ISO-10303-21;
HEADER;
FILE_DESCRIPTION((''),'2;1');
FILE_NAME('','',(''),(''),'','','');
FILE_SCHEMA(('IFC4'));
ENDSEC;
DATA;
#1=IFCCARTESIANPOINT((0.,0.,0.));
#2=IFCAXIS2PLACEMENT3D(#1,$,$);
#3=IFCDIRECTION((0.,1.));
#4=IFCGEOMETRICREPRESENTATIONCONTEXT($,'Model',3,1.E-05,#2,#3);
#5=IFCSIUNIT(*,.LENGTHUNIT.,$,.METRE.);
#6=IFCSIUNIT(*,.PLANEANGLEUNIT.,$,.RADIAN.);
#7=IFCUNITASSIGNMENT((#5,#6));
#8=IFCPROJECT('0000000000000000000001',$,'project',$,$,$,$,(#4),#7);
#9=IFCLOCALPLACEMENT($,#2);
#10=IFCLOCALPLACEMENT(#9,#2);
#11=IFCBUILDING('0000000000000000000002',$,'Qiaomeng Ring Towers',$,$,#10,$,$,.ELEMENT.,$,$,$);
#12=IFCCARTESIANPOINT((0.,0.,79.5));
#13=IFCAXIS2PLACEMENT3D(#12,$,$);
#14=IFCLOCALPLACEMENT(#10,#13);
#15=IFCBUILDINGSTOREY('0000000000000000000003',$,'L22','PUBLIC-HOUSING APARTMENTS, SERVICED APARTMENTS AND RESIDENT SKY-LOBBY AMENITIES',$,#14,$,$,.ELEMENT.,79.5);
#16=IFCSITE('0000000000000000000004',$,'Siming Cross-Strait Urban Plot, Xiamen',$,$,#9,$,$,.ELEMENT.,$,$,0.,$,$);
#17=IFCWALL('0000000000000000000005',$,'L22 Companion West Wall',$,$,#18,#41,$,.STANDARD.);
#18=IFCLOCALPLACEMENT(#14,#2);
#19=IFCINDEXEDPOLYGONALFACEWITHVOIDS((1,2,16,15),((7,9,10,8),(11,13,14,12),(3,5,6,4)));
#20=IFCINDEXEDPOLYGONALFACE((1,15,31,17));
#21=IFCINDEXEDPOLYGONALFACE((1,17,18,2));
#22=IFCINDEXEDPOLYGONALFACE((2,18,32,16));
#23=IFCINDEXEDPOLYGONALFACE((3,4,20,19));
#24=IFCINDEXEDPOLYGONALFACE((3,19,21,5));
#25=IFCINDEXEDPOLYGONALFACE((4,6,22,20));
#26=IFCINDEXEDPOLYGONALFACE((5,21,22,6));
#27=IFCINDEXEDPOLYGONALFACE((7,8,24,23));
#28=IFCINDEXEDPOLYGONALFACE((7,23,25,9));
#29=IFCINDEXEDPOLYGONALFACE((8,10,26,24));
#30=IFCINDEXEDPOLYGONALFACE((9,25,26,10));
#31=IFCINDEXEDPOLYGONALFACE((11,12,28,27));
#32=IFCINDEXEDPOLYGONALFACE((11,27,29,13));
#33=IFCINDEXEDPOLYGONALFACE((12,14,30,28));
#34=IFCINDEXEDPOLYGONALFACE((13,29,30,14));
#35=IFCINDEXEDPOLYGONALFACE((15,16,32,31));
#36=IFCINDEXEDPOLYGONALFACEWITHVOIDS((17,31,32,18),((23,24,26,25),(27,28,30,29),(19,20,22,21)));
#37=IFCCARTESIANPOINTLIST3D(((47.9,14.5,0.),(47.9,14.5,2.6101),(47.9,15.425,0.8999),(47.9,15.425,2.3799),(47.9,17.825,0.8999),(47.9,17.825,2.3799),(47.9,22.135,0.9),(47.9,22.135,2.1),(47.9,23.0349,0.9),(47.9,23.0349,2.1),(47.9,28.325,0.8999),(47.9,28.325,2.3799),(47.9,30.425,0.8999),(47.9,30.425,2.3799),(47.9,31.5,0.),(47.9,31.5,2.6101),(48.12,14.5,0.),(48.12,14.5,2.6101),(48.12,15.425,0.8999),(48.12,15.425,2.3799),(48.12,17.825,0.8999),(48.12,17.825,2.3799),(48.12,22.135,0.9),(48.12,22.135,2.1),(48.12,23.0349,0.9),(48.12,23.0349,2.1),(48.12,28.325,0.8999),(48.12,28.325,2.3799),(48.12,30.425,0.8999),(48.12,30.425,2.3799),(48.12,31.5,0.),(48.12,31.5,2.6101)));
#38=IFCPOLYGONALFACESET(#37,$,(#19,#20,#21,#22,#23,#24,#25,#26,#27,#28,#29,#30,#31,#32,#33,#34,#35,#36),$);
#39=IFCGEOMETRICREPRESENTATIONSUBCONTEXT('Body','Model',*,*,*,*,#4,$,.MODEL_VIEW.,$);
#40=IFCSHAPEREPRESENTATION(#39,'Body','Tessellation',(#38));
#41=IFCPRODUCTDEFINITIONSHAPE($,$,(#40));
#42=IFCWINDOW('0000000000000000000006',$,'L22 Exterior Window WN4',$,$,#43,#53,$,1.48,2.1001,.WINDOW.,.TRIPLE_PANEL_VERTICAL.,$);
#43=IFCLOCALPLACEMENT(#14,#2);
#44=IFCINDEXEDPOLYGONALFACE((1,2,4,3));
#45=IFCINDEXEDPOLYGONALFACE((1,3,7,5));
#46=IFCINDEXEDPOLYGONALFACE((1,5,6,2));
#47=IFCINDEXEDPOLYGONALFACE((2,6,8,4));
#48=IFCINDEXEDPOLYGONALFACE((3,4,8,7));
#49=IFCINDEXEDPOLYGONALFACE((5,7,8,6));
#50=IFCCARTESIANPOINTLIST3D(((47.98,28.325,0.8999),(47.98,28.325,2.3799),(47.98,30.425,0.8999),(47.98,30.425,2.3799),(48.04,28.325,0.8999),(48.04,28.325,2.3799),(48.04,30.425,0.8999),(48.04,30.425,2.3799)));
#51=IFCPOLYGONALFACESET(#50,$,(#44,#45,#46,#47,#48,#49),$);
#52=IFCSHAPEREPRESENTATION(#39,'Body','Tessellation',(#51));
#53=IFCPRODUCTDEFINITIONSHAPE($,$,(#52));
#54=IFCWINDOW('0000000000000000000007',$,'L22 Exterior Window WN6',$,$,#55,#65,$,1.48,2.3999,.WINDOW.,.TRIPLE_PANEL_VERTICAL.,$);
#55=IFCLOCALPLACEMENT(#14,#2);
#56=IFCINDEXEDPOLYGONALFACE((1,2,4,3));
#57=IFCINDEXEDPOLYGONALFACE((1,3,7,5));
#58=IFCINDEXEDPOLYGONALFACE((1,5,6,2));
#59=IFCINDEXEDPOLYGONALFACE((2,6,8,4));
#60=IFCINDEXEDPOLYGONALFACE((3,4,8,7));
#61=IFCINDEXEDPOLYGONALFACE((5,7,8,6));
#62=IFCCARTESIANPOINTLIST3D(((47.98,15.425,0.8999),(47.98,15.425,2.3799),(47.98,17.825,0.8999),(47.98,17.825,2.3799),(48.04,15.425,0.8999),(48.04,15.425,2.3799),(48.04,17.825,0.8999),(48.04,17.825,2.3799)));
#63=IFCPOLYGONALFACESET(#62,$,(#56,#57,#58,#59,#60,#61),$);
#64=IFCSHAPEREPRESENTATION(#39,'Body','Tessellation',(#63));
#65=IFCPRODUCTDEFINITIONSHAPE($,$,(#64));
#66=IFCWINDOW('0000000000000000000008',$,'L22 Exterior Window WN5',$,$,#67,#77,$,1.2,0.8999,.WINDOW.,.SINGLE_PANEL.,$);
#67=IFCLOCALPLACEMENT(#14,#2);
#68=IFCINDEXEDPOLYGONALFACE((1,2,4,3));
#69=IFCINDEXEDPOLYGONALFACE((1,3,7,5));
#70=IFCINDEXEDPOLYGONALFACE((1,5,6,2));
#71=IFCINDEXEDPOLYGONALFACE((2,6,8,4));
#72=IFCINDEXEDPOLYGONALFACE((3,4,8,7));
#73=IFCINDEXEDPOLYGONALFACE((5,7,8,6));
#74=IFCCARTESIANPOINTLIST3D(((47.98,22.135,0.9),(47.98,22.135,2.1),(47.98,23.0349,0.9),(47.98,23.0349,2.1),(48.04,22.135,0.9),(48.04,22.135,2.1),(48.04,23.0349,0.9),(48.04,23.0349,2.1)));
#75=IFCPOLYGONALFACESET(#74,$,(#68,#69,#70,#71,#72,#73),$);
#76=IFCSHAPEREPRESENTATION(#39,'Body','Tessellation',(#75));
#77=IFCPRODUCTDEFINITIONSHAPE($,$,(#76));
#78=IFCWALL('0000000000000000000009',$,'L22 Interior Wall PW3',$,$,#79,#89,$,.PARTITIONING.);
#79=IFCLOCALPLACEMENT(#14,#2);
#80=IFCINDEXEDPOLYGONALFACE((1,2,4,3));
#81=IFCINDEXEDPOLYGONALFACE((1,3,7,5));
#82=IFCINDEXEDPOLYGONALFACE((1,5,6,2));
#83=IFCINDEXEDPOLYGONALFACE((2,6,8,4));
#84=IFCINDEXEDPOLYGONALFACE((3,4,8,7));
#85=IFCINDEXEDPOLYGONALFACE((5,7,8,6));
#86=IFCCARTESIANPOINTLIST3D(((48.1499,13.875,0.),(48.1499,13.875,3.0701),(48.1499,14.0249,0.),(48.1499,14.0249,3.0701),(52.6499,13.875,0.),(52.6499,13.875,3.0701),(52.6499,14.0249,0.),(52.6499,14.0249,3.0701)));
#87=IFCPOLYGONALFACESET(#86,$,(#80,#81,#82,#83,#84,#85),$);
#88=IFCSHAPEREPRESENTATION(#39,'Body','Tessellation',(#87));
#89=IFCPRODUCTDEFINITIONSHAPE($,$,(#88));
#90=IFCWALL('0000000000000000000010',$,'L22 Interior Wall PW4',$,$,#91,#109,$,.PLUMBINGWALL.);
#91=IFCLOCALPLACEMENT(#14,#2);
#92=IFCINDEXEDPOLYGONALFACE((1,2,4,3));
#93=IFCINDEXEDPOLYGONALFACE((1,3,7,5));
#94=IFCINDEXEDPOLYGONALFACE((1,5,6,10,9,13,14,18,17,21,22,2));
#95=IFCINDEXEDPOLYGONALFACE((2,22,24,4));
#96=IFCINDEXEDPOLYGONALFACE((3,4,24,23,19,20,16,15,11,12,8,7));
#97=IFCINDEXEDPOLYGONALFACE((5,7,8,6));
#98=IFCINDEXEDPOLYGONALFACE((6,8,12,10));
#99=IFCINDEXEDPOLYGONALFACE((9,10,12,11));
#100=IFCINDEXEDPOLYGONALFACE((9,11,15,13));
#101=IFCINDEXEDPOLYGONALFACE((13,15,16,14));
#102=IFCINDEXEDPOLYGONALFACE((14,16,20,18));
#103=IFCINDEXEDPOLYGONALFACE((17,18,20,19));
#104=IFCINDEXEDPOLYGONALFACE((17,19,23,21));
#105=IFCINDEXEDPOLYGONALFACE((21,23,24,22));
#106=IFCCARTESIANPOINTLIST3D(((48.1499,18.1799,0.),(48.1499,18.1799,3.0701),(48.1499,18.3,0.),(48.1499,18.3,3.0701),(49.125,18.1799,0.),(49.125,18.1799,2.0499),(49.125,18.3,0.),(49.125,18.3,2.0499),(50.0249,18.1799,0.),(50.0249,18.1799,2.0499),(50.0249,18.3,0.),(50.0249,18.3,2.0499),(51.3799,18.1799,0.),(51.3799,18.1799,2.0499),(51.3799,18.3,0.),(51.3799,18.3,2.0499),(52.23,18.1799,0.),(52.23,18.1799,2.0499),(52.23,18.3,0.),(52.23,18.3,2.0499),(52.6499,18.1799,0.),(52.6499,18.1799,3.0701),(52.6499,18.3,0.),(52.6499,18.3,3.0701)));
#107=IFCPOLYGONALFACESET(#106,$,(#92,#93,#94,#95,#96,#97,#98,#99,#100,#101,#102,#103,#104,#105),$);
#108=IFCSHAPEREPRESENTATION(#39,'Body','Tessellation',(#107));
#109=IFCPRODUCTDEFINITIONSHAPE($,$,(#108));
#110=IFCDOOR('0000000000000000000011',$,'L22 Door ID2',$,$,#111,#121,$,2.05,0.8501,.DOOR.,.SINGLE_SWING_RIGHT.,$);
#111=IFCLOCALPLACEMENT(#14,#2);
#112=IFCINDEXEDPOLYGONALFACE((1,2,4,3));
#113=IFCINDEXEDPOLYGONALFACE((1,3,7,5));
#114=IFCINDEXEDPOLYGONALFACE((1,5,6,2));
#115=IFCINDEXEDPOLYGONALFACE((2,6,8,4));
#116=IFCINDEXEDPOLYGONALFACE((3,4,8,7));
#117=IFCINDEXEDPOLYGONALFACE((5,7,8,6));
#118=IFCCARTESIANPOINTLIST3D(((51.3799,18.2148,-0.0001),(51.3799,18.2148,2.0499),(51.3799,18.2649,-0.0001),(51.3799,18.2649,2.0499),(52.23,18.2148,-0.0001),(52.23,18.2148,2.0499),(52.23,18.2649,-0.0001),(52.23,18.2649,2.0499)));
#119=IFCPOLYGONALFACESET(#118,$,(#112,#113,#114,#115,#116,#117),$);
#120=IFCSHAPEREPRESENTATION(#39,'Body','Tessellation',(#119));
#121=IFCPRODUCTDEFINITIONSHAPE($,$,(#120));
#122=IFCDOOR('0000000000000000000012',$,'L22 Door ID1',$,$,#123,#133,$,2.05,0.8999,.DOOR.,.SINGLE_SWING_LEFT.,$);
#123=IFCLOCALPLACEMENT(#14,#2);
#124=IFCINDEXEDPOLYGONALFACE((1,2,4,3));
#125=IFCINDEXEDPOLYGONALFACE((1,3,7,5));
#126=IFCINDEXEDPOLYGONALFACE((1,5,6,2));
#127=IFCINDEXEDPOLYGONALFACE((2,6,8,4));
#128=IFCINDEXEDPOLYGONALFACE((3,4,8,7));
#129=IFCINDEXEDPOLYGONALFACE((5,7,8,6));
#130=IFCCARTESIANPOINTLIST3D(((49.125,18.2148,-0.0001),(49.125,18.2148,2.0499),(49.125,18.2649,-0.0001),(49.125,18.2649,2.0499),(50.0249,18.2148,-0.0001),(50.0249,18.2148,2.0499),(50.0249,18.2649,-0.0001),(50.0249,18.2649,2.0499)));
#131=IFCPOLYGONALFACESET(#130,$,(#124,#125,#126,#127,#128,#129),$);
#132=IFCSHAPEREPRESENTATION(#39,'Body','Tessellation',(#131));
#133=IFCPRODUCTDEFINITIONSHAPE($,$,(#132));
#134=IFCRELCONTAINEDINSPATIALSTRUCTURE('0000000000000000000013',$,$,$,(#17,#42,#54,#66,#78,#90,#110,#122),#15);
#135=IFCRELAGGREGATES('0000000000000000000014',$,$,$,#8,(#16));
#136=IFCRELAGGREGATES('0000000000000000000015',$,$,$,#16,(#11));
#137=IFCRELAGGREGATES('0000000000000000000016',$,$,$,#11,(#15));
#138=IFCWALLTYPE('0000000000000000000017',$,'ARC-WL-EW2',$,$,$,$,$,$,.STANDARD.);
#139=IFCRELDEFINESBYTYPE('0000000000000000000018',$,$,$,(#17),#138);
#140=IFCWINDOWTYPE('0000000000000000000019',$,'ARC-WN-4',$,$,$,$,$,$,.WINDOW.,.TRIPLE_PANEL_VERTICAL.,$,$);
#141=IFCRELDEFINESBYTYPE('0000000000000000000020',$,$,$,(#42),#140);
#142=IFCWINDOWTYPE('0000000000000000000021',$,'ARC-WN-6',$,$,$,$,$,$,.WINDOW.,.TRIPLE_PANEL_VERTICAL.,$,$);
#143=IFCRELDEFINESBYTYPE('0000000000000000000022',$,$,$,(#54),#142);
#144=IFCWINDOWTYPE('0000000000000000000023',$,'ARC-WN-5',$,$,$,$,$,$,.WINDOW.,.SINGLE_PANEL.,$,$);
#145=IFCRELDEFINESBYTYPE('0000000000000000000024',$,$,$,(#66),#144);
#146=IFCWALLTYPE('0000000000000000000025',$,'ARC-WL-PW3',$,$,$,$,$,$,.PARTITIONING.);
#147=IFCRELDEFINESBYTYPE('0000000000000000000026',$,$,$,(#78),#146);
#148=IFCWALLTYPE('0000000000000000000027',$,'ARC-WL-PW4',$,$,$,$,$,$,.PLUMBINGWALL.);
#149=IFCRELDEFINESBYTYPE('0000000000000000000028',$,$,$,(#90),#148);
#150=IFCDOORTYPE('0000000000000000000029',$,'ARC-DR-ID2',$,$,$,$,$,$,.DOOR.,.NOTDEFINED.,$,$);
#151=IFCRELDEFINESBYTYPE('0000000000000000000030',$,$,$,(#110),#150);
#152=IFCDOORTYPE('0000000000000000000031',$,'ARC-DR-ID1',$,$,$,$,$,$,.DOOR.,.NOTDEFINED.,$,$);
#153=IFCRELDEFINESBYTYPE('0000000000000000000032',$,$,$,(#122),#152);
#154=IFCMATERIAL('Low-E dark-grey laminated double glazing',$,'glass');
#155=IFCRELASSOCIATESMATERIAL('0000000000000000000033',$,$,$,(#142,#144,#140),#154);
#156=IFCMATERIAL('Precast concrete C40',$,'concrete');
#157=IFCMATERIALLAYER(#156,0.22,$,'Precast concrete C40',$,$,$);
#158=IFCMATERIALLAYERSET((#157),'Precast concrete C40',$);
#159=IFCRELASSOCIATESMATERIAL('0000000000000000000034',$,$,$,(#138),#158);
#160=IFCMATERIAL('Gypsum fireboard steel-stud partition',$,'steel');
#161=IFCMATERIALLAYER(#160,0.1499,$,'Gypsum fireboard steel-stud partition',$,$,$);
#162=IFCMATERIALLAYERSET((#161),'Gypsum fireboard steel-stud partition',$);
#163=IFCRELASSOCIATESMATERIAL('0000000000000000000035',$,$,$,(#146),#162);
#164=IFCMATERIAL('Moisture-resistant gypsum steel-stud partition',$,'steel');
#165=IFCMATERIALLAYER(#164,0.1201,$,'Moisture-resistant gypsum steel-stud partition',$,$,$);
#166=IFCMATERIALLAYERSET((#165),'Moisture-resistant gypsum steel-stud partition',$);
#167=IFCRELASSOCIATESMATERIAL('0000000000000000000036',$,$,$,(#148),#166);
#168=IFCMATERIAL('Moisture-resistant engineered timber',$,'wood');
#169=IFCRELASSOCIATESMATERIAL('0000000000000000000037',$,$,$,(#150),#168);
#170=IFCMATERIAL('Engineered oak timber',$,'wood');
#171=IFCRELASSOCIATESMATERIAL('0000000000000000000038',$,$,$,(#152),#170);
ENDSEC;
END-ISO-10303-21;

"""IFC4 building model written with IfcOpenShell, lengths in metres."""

from ifc_helpers import new_model, si_unit, direction, frame, frame_2d, origin, place, context, subcontext, project, spatial, rectangle, extrude, source, transform, mapped, material, layer, layer_set, type_object, element, fill, save


model = new_model("IFC4")

# Units and contexts
model_context = context("Model", 3, precision=1e-05, world=origin(), true_north=direction((0.0, 1.0)))
body_context = subcontext(model_context, "Body", "Model", "MODEL_VIEW")
ifc_project = project(units=[si_unit("LENGTHUNIT", "METRE"), si_unit("PLANEANGLEUNIT", "RADIAN")], contexts=[model_context])

# Site, building, storey
site_placement = place(None, origin())
site = spatial("IfcSite", under=ifc_project, at=site_placement, Name="Siming Cross-Strait Urban Plot, Xiamen", CompositionType="ELEMENT", RefElevation=0.0)
building_placement = place(site_placement, origin())
building = spatial("IfcBuilding", under=site, at=building_placement, Name="Qiaomeng Ring Towers", CompositionType="ELEMENT")
storey_placement = place(building_placement, frame((0.0, 0.0, 79.5)))
storey = spatial("IfcBuildingStorey", under=building, at=storey_placement, Name="L22", Description="PUBLIC-HOUSING APARTMENTS, SERVICED APARTMENTS AND RESIDENT SKY-LOBBY AMENITIES", CompositionType="ELEMENT", Elevation=79.5)

# Shared definitions
ifc_material_1 = material(Name="Low-E dark-grey laminated double glazing", Category="glass")

# Shared definitions
ifc_material_2 = material(Name="Precast concrete C40", Category="concrete")
window_type_1 = type_object("IfcWindowType", Name="ARC-WN-6", PartitioningType="TRIPLE_PANEL_VERTICAL", PredefinedType="WINDOW", material=ifc_material_1)
shared_shape_1 = source(origin(), body_context, "Body", "SweptSolid", [
    extrude(rectangle(XDim=2.3999, YDim=1.48, at=frame_2d((1.2, 0.74))), frame((0.0, 0.03, 0.0), z_axis=(0.0, -1.0, 0.0), x_axis=(1.0, 0.0, 0.0)), (0.0, 0.0, 1.0), 0.0601),
])
window_type_2 = type_object("IfcWindowType", Name="ARC-WN-5", PartitioningType="SINGLE_PANEL", PredefinedType="WINDOW", material=ifc_material_1)
shared_shape_2 = source(origin(), body_context, "Body", "SweptSolid", [
    extrude(rectangle(XDim=0.8999, YDim=1.2, at=frame_2d((0.45, 0.6001))), frame((0.0, 0.03, 0.0), z_axis=(0.0, -1.0, 0.0), x_axis=(1.0, 0.0, 0.0)), (0.0, 0.0, 1.0), 0.0601),
])

# Wall, openings, windows
ifc_layer_1 = layer(ifc_material_2, 0.22, Name="Precast concrete C40")
ifc_layer_set_1 = layer_set([ifc_layer_1], Name="Precast concrete C40")
wall_type_1 = type_object("IfcWallType", Name="ARC-WL-EW2", PredefinedType="STANDARD", material=ifc_layer_set_1)
wall_1_placement = place(storey_placement, frame((48.01, 14.5, 0.0), z_axis=(0.0, 0.0, 1.0), x_axis=(0.0, 1.0, 0.0)))
wall_1 = element("IfcWall", 1, at=wall_1_placement, inside=storey, type_object=wall_type_1, Name="L22 Companion West Wall", PredefinedType="STANDARD", context=body_context, shape_type="SweptSolid", body=[
    extrude(rectangle(XDim=17.0, YDim=0.22, at=frame_2d((8.5, 0.0))), origin(), (0.0, 0.0, 1.0), 2.6101),
])
opening_1_placement = place(wall_1_placement, frame((0.925, 0.0, 0.8999)))
opening_1 = element("IfcOpeningElement", 2, at=opening_1_placement, cuts=wall_1, PredefinedType="OPENING", context=body_context, shape_type="SweptSolid", body=[
    extrude(rectangle(XDim=2.3999, YDim=1.48, at=frame_2d((1.2, 0.74))), frame((0.0, 0.1199, 0.0), z_axis=(0.0, -1.0, 0.0), x_axis=(1.0, 0.0, 0.0)), (0.0, 0.0, 1.0), 0.24),
])
opening_2_placement = place(wall_1_placement, frame((13.825, 0.0, 0.8999)))
opening_2 = element("IfcOpeningElement", 3, at=opening_2_placement, cuts=wall_1, PredefinedType="OPENING", context=body_context, shape_type="SweptSolid", body=[
    extrude(rectangle(XDim=2.1001, YDim=1.48, at=frame_2d((1.05, 0.74))), frame((0.0, 0.1199, 0.0), z_axis=(0.0, -1.0, 0.0), x_axis=(1.0, 0.0, 0.0)), (0.0, 0.0, 1.0), 0.24),
])
opening_3_placement = place(wall_1_placement, frame((7.635, 0.0, 0.8999)))
opening_3 = element("IfcOpeningElement", 4, at=opening_3_placement, cuts=wall_1, PredefinedType="OPENING", context=body_context, shape_type="SweptSolid", body=[
    extrude(rectangle(XDim=0.8999, YDim=1.2, at=frame_2d((0.45, 0.6001))), frame((0.0, 0.1199, 0.0), z_axis=(0.0, -1.0, 0.0), x_axis=(1.0, 0.0, 0.0)), (0.0, 0.0, 1.0), 0.24),
])
window_type_3 = type_object("IfcWindowType", Name="ARC-WN-4", PartitioningType="TRIPLE_PANEL_VERTICAL", PredefinedType="WINDOW", material=ifc_material_1)
shared_shape_3 = source(origin(), body_context, "Body", "SweptSolid", [
    extrude(rectangle(XDim=2.1001, YDim=1.48, at=frame_2d((1.05, 0.74))), frame((0.0, 0.03, 0.0), z_axis=(0.0, -1.0, 0.0), x_axis=(1.0, 0.0, 0.0)), (0.0, 0.0, 1.0), 0.0601),
])
window_1_placement = place(opening_2_placement, origin())
window_1 = element("IfcWindow", 5, at=window_1_placement, inside=storey, type_object=window_type_3, Name="L22 Exterior Window WN4", OverallHeight=1.48, OverallWidth=2.1001, PartitioningType="TRIPLE_PANEL_VERTICAL", PredefinedType="WINDOW", context=body_context, shape_type="MappedRepresentation", body=[
    mapped(shared_shape_3, transform((0.0, 0.0, 0.0), x_axis=(1.0, 0.0, 0.0), y_axis=(0.0, 1.0, 0.0), z_axis=(0.0, 0.0, 1.0), scale=1.0)),
])
fill(opening_2, window_1)
window_2_placement = place(opening_1_placement, origin())
window_2 = element("IfcWindow", 6, at=window_2_placement, inside=storey, type_object=window_type_1, Name="L22 Exterior Window WN6", OverallHeight=1.48, OverallWidth=2.3999, PartitioningType="TRIPLE_PANEL_VERTICAL", PredefinedType="WINDOW", context=body_context, shape_type="MappedRepresentation", body=[
    mapped(shared_shape_1, transform((0.0, 0.0, 0.0), x_axis=(1.0, 0.0, 0.0), y_axis=(0.0, 1.0, 0.0), z_axis=(0.0, 0.0, 1.0), scale=1.0)),
])
fill(opening_1, window_2)
window_3_placement = place(opening_3_placement, origin())
window_3 = element("IfcWindow", 7, at=window_3_placement, inside=storey, type_object=window_type_2, Name="L22 Exterior Window WN5", OverallHeight=1.2, OverallWidth=0.8999, PartitioningType="SINGLE_PANEL", PredefinedType="WINDOW", context=body_context, shape_type="MappedRepresentation", body=[
    mapped(shared_shape_2, transform((0.0, 0.0, 0.0), x_axis=(1.0, 0.0, 0.0), y_axis=(0.0, 1.0, 0.0), z_axis=(0.0, 0.0, 1.0), scale=1.0)),
])
fill(opening_3, window_3)

# Wall
ifc_material_3 = material(Name="Gypsum fireboard steel-stud partition", Category="steel")
ifc_layer_2 = layer(ifc_material_3, 0.1499, Name="Gypsum fireboard steel-stud partition")
ifc_layer_set_2 = layer_set([ifc_layer_2], Name="Gypsum fireboard steel-stud partition")
wall_type_2 = type_object("IfcWallType", Name="ARC-WL-PW3", PredefinedType="PARTITIONING", material=ifc_layer_set_2)
wall_2_placement = place(storey_placement, frame((48.1499, 13.95, 0.0), z_axis=(0.0, 0.0, 1.0), x_axis=(1.0, 0.0, 0.0)))
element("IfcWall", 8, at=wall_2_placement, inside=storey, type_object=wall_type_2, Name="L22 Interior Wall PW3", PredefinedType="PARTITIONING", context=body_context, shape_type="SweptSolid", body=[
    extrude(rectangle(XDim=4.5, YDim=0.1499, at=frame_2d((2.25, 0.0))), origin(), (0.0, 0.0, 1.0), 3.0701),
])

# Wall, openings, doors
ifc_material_4 = material(Name="Moisture-resistant gypsum steel-stud partition", Category="steel")
ifc_layer_3 = layer(ifc_material_4, 0.1201, Name="Moisture-resistant gypsum steel-stud partition")
ifc_layer_set_3 = layer_set([ifc_layer_3], Name="Moisture-resistant gypsum steel-stud partition")
wall_type_3 = type_object("IfcWallType", Name="ARC-WL-PW4", PredefinedType="PLUMBINGWALL", material=ifc_layer_set_3)
wall_3_placement = place(storey_placement, frame((48.1499, 18.24, 0.0), z_axis=(0.0, 0.0, 1.0), x_axis=(1.0, 0.0, 0.0)))
wall_3 = element("IfcWall", 9, at=wall_3_placement, inside=storey, type_object=wall_type_3, Name="L22 Interior Wall PW4", PredefinedType="PLUMBINGWALL", context=body_context, shape_type="SweptSolid", body=[
    extrude(rectangle(XDim=4.5, YDim=0.1201, at=frame_2d((2.25, 0.0))), origin(), (0.0, 0.0, 1.0), 3.0701),
])
opening_4_placement = place(wall_3_placement, frame((0.9751, 0.0, 0.0)))
opening_4 = element("IfcOpeningElement", 10, at=opening_4_placement, cuts=wall_3, PredefinedType="OPENING", context=body_context, shape_type="SweptSolid", body=[
    extrude(rectangle(XDim=0.8999, YDim=2.05, at=frame_2d((0.45, 1.0249))), frame((0.0, 0.0701, 0.0), z_axis=(0.0, -1.0, 0.0), x_axis=(1.0, 0.0, 0.0)), (0.0, 0.0, 1.0), 0.1401),
])
opening_5_placement = place(wall_3_placement, frame((3.23, 0.0, 0.0)))
opening_5 = element("IfcOpeningElement", 11, at=opening_5_placement, cuts=wall_3, PredefinedType="OPENING", context=body_context, shape_type="SweptSolid", body=[
    extrude(rectangle(XDim=0.8501, YDim=2.05, at=frame_2d((0.425, 1.0249))), frame((0.0, 0.0701, 0.0), z_axis=(0.0, -1.0, 0.0), x_axis=(1.0, 0.0, 0.0)), (0.0, 0.0, 1.0), 0.1401),
])
ifc_material_5 = material(Name="Moisture-resistant engineered timber", Category="wood")
door_type_1 = type_object("IfcDoorType", Name="ARC-DR-ID2", OperationType="NOTDEFINED", PredefinedType="DOOR", material=ifc_material_5)
shared_shape_4 = source(origin(), body_context, "Body", "SweptSolid", [
    extrude(rectangle(XDim=0.8501, YDim=2.05, at=frame_2d((0.425, 1.0249))), frame((0.0, 0.0249, 0.0), z_axis=(0.0, -1.0, 0.0), x_axis=(1.0, 0.0, 0.0)), (0.0, 0.0, 1.0), 0.05),
])
door_1_placement = place(opening_5_placement, origin())
door_1 = element("IfcDoor", 12, at=door_1_placement, inside=storey, type_object=door_type_1, Name="L22 Door ID2", OperationType="SINGLE_SWING_RIGHT", OverallHeight=2.05, OverallWidth=0.8501, PredefinedType="DOOR", context=body_context, shape_type="MappedRepresentation", body=[
    mapped(shared_shape_4, transform((0.0, 0.0, 0.0), x_axis=(1.0, 0.0, 0.0), y_axis=(0.0, 1.0, 0.0), z_axis=(0.0, 0.0, 1.0), scale=1.0)),
])
fill(opening_5, door_1)
ifc_material_6 = material(Name="Engineered oak timber", Category="wood")
door_type_2 = type_object("IfcDoorType", Name="ARC-DR-ID1", OperationType="NOTDEFINED", PredefinedType="DOOR", material=ifc_material_6)
shared_shape_5 = source(origin(), body_context, "Body", "SweptSolid", [
    extrude(rectangle(XDim=0.8999, YDim=2.05, at=frame_2d((0.45, 1.0249))), frame((0.0, 0.0249, 0.0), z_axis=(0.0, -1.0, 0.0), x_axis=(1.0, 0.0, 0.0)), (0.0, 0.0, 1.0), 0.05),
])
door_2_placement = place(opening_4_placement, origin())
door_2 = element("IfcDoor", 13, at=door_2_placement, inside=storey, type_object=door_type_2, Name="L22 Door ID1", OperationType="SINGLE_SWING_LEFT", OverallHeight=2.05, OverallWidth=0.8999, PredefinedType="DOOR", context=body_context, shape_type="MappedRepresentation", body=[
    mapped(shared_shape_5, transform((0.0, 0.0, 0.0), x_axis=(1.0, 0.0, 0.0), y_axis=(0.0, 1.0, 0.0), z_axis=(0.0, 0.0, 1.0), scale=1.0)),
])
fill(opening_4, door_2)

save(model, "model.ifc")
